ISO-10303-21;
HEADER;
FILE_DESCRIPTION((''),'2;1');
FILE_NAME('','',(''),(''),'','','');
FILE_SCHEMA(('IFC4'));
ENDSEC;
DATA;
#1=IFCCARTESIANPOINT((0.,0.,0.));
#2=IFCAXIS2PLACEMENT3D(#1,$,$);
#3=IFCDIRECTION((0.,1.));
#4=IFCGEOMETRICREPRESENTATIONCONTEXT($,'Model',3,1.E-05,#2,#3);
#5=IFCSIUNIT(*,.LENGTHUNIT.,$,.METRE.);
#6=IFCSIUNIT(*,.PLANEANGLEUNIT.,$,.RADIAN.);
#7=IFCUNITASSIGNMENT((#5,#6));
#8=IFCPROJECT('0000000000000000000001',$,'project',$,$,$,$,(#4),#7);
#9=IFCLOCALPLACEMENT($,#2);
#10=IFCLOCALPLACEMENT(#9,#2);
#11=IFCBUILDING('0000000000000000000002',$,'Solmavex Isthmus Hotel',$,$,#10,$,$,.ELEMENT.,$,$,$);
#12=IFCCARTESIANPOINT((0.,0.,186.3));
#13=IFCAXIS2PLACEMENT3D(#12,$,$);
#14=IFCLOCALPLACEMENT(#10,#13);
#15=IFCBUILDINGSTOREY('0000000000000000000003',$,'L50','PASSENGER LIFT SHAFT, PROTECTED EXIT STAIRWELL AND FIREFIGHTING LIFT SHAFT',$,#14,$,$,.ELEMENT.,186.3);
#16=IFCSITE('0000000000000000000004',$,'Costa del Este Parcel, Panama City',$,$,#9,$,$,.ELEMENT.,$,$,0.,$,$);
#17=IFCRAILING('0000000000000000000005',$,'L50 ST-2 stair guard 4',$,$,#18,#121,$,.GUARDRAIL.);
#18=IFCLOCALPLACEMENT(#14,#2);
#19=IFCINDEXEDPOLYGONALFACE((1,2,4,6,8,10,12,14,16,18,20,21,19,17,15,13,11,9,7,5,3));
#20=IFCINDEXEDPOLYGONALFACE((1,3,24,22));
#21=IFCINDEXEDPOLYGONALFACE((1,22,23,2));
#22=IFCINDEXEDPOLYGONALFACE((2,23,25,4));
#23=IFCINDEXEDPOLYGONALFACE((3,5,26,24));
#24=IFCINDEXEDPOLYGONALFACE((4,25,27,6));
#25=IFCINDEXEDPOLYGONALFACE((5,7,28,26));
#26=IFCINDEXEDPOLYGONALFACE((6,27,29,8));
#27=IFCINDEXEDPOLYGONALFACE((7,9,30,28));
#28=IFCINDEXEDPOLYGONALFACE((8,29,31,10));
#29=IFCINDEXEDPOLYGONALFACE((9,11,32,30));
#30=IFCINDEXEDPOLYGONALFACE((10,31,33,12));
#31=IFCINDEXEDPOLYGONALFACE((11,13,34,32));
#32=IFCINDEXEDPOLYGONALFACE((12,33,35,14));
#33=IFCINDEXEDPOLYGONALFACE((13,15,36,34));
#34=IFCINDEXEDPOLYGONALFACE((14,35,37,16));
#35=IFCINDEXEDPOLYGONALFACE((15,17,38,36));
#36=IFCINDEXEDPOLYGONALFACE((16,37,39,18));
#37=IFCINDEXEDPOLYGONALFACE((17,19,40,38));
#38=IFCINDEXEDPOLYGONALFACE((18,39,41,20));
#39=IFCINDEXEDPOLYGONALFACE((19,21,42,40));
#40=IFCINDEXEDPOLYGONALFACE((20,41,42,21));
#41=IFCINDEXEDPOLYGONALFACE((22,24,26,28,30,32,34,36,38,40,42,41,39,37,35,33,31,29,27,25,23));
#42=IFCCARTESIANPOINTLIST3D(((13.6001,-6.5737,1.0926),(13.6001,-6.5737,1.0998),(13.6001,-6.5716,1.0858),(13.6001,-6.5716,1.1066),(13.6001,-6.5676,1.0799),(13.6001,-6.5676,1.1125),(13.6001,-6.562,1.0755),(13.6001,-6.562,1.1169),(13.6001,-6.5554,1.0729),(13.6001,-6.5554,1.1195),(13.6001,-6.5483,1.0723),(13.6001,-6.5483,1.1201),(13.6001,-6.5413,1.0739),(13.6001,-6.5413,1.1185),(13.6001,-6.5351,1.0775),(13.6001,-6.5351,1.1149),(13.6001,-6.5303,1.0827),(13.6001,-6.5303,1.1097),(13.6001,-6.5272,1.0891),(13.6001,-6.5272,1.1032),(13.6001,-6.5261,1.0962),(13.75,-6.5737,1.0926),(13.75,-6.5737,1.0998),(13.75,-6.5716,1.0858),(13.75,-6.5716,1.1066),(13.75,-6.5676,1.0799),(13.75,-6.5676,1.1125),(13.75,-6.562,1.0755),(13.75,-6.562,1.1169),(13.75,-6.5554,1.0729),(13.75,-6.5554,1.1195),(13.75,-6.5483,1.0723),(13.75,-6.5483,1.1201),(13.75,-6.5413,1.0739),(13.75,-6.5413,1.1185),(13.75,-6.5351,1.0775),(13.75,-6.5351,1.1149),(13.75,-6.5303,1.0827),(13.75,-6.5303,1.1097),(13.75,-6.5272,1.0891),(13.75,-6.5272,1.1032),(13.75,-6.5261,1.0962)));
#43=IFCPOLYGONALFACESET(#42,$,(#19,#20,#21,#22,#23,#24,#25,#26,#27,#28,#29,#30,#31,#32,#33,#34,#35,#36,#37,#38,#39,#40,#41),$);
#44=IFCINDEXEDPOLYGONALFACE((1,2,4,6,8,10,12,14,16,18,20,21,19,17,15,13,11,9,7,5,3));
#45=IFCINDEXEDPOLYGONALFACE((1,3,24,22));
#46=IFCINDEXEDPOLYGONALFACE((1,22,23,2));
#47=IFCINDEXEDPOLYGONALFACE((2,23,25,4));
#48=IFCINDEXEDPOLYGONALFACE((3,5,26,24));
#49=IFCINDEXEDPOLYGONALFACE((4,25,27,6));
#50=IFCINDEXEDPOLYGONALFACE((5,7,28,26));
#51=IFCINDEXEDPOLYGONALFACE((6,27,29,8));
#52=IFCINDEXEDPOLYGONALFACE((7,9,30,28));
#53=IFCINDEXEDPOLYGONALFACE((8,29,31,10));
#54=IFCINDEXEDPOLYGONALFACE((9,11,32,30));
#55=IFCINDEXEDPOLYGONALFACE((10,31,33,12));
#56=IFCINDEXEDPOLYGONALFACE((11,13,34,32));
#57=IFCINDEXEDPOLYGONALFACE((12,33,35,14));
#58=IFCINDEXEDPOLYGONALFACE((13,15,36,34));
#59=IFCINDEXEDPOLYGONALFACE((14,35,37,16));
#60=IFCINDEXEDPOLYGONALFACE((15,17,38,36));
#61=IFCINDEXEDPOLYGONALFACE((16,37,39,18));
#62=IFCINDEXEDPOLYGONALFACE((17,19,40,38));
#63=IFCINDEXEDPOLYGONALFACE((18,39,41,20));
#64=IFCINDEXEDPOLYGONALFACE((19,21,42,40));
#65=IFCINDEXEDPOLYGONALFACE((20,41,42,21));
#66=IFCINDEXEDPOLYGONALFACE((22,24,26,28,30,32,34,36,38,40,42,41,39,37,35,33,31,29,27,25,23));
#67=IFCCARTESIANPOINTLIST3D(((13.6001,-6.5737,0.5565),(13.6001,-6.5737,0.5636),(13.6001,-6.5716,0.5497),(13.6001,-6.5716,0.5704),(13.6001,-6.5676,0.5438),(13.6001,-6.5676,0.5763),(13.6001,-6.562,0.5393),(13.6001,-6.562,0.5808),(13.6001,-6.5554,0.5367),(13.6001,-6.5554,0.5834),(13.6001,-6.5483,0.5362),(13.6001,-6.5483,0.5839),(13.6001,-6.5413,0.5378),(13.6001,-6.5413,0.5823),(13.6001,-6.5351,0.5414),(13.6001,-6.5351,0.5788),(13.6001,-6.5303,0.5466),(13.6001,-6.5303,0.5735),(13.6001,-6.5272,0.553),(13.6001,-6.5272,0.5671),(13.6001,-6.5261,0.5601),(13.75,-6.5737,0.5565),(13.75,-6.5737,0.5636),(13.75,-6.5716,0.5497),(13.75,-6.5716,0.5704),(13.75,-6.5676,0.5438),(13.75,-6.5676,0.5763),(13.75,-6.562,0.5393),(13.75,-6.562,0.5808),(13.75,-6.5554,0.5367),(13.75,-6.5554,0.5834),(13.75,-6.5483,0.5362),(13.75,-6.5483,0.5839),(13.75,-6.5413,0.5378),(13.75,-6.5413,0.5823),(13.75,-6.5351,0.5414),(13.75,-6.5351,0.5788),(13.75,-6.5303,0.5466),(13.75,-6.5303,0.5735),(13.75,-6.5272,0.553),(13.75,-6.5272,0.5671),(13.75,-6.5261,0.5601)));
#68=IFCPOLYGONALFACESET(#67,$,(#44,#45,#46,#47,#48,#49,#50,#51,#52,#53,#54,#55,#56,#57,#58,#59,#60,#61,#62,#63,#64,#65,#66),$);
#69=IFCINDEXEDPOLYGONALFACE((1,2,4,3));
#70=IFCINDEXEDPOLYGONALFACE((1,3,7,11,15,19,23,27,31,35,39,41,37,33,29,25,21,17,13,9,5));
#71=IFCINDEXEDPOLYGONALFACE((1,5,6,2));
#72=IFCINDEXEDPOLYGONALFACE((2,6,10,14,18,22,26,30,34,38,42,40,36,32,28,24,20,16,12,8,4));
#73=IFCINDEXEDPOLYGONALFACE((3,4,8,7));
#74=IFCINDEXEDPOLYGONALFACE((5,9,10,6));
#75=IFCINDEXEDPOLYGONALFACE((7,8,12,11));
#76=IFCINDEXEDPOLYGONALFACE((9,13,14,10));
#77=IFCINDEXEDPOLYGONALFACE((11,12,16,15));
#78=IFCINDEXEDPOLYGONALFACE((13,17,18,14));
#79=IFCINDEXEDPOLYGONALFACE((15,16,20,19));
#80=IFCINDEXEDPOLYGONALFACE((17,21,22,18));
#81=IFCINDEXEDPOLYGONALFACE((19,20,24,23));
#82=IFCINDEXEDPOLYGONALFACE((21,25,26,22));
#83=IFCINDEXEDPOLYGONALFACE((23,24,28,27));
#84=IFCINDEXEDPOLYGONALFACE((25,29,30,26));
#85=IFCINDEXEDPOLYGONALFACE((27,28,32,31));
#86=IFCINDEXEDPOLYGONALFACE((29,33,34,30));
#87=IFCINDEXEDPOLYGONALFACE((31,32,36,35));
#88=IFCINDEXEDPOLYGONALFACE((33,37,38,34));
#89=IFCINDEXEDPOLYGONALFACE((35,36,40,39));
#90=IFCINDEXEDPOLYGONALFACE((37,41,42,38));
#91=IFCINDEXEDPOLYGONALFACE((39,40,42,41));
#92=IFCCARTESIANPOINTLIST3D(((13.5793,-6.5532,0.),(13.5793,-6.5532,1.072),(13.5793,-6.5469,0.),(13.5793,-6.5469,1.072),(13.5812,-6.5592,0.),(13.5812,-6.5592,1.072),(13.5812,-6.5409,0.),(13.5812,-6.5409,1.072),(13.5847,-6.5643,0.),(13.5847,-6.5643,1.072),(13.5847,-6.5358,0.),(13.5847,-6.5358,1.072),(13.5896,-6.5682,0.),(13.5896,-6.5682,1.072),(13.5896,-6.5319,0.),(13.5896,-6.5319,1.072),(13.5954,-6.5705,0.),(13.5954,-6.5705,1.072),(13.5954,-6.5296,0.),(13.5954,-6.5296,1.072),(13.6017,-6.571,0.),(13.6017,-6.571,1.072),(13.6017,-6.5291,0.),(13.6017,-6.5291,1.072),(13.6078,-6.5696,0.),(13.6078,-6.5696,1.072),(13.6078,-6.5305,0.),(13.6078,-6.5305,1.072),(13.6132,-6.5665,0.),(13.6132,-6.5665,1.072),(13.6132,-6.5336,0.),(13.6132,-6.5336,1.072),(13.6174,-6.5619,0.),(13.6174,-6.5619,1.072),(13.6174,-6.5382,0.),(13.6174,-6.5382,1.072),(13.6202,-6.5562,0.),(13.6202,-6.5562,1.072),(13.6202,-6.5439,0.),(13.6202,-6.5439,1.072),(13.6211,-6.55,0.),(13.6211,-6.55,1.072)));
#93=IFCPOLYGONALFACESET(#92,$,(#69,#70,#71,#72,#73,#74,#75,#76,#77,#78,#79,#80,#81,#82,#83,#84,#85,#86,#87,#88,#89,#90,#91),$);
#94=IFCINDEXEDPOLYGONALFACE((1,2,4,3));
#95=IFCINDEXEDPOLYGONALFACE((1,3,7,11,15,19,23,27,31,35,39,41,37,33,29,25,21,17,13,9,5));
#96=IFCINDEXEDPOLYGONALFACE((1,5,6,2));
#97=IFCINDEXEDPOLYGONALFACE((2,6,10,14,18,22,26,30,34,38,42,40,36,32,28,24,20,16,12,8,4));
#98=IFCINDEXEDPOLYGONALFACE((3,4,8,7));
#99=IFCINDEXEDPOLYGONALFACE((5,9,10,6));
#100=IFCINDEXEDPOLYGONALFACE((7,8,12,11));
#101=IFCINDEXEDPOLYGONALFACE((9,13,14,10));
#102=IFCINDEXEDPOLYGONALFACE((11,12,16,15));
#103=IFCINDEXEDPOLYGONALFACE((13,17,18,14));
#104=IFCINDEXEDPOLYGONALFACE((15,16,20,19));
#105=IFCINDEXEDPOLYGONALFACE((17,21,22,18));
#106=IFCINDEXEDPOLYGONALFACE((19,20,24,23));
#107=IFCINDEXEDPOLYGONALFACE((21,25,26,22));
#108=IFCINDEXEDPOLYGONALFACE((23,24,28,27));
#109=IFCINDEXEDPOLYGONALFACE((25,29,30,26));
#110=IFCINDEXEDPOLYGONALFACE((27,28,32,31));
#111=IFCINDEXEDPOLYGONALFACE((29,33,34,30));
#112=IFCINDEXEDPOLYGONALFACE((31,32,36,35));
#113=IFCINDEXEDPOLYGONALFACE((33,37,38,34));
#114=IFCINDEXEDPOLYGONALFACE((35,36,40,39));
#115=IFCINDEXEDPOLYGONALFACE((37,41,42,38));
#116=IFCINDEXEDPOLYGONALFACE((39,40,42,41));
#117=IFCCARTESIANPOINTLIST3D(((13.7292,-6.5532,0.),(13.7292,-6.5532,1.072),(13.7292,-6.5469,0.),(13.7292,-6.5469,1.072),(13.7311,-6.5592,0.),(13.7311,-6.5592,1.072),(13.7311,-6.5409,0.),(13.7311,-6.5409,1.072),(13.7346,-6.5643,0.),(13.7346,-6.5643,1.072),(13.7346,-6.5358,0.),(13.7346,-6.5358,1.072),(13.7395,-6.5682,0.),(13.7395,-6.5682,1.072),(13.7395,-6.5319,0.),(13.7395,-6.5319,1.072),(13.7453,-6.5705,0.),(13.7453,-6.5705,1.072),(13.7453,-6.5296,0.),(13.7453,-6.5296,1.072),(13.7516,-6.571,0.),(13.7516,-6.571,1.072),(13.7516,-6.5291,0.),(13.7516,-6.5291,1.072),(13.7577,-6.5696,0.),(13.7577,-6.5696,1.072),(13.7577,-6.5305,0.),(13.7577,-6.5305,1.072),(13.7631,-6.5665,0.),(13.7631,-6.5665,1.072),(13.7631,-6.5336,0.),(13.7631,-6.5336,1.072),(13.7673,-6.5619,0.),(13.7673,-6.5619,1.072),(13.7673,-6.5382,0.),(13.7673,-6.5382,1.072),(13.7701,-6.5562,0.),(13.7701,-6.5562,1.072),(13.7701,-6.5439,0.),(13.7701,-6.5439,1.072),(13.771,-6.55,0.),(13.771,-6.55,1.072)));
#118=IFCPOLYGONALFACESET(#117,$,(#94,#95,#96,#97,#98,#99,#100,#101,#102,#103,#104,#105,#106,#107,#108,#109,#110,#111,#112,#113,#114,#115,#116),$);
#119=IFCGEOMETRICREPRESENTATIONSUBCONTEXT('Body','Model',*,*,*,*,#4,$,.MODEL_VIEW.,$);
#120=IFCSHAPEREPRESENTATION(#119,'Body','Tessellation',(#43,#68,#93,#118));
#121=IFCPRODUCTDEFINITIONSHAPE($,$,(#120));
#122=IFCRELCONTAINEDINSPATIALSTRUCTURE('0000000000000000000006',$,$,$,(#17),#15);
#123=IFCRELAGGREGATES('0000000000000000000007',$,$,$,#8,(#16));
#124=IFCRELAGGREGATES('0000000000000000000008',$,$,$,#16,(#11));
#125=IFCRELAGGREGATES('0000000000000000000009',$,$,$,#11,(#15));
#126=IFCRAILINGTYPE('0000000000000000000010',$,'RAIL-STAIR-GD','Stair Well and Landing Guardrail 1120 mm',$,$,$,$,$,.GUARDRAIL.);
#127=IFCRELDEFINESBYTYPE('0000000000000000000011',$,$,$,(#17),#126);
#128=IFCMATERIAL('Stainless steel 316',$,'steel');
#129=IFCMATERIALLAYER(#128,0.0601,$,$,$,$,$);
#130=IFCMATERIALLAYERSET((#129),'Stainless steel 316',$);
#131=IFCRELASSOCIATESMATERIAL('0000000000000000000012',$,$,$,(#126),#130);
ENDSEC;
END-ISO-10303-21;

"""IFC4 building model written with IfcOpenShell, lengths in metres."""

from ifc_helpers import new_model, si_unit, direction, frame, origin, origin_2d, place, context, subcontext, project, spatial, circle, extrude, material, layer, layer_set, type_object, element, save


model = new_model("IFC4")

# Units and contexts
model_context = context("Model", 3, precision=1e-05, world=origin(), true_north=direction((0.0, 1.0)))
body_context = subcontext(model_context, "Body", "Model", "MODEL_VIEW")
ifc_project = project(units=[si_unit("LENGTHUNIT", "METRE"), si_unit("PLANEANGLEUNIT", "RADIAN")], contexts=[model_context])

# Site, building, storey
site_placement = place(None, origin())
site = spatial("IfcSite", under=ifc_project, at=site_placement, Name="Costa del Este Parcel, Panama City", CompositionType="ELEMENT", RefElevation=0.0)
building_placement = place(site_placement, origin())
building = spatial("IfcBuilding", under=site, at=building_placement, Name="Solmavex Isthmus Hotel", CompositionType="ELEMENT")
storey_placement = place(building_placement, frame((0.0, 0.0, 186.3)))
storey = spatial("IfcBuildingStorey", under=building, at=storey_placement, Name="L50", Description="PASSENGER LIFT SHAFT, PROTECTED EXIT STAIRWELL AND FIREFIGHTING LIFT SHAFT", CompositionType="ELEMENT", Elevation=186.3)

# Shared definitions
ifc_material_1 = material(Name="Stainless steel 316", Category="steel")

# Railing
ifc_layer_1 = layer(ifc_material_1, 0.0601)
ifc_layer_set_1 = layer_set([ifc_layer_1], Name="Stainless steel 316")
railing_type_1 = type_object("IfcRailingType", Name="RAIL-STAIR-GD", Description="Stair Well and Landing Guardrail 1120 mm", PredefinedType="GUARDRAIL", material=ifc_layer_set_1)
railing_1_placement = place(storey_placement, frame((13.6001, -6.55, 0.0)))
element("IfcRailing", 1, at=railing_1_placement, inside=storey, type_object=railing_type_1, Name="L50 ST-2 stair guard 4", PredefinedType="GUARDRAIL", context=body_context, shape_type="SweptSolid", body=[
    extrude(circle(Radius=0.0239, at=origin_2d()), frame((0.0, 0.0, 1.0962), z_axis=(1.0, 0.0, 0.0), x_axis=(0.0, 1.0, 0.0)), (0.0, 0.0, 1.0), 0.1499),
    extrude(circle(Radius=0.0239, at=origin_2d()), frame((0.0, 0.0, 0.5601), z_axis=(1.0, 0.0, 0.0), x_axis=(0.0, 1.0, 0.0)), (0.0, 0.0, 1.0), 0.1499),
    extrude(circle(Radius=0.021, at=origin_2d()), origin(), (0.0, 0.0, 1.0), 1.072),
    extrude(circle(Radius=0.021, at=origin_2d()), frame((0.1499, 0.0, 0.0)), (0.0, 0.0, 1.0), 1.072),
])

save(model, "model.ifc")
